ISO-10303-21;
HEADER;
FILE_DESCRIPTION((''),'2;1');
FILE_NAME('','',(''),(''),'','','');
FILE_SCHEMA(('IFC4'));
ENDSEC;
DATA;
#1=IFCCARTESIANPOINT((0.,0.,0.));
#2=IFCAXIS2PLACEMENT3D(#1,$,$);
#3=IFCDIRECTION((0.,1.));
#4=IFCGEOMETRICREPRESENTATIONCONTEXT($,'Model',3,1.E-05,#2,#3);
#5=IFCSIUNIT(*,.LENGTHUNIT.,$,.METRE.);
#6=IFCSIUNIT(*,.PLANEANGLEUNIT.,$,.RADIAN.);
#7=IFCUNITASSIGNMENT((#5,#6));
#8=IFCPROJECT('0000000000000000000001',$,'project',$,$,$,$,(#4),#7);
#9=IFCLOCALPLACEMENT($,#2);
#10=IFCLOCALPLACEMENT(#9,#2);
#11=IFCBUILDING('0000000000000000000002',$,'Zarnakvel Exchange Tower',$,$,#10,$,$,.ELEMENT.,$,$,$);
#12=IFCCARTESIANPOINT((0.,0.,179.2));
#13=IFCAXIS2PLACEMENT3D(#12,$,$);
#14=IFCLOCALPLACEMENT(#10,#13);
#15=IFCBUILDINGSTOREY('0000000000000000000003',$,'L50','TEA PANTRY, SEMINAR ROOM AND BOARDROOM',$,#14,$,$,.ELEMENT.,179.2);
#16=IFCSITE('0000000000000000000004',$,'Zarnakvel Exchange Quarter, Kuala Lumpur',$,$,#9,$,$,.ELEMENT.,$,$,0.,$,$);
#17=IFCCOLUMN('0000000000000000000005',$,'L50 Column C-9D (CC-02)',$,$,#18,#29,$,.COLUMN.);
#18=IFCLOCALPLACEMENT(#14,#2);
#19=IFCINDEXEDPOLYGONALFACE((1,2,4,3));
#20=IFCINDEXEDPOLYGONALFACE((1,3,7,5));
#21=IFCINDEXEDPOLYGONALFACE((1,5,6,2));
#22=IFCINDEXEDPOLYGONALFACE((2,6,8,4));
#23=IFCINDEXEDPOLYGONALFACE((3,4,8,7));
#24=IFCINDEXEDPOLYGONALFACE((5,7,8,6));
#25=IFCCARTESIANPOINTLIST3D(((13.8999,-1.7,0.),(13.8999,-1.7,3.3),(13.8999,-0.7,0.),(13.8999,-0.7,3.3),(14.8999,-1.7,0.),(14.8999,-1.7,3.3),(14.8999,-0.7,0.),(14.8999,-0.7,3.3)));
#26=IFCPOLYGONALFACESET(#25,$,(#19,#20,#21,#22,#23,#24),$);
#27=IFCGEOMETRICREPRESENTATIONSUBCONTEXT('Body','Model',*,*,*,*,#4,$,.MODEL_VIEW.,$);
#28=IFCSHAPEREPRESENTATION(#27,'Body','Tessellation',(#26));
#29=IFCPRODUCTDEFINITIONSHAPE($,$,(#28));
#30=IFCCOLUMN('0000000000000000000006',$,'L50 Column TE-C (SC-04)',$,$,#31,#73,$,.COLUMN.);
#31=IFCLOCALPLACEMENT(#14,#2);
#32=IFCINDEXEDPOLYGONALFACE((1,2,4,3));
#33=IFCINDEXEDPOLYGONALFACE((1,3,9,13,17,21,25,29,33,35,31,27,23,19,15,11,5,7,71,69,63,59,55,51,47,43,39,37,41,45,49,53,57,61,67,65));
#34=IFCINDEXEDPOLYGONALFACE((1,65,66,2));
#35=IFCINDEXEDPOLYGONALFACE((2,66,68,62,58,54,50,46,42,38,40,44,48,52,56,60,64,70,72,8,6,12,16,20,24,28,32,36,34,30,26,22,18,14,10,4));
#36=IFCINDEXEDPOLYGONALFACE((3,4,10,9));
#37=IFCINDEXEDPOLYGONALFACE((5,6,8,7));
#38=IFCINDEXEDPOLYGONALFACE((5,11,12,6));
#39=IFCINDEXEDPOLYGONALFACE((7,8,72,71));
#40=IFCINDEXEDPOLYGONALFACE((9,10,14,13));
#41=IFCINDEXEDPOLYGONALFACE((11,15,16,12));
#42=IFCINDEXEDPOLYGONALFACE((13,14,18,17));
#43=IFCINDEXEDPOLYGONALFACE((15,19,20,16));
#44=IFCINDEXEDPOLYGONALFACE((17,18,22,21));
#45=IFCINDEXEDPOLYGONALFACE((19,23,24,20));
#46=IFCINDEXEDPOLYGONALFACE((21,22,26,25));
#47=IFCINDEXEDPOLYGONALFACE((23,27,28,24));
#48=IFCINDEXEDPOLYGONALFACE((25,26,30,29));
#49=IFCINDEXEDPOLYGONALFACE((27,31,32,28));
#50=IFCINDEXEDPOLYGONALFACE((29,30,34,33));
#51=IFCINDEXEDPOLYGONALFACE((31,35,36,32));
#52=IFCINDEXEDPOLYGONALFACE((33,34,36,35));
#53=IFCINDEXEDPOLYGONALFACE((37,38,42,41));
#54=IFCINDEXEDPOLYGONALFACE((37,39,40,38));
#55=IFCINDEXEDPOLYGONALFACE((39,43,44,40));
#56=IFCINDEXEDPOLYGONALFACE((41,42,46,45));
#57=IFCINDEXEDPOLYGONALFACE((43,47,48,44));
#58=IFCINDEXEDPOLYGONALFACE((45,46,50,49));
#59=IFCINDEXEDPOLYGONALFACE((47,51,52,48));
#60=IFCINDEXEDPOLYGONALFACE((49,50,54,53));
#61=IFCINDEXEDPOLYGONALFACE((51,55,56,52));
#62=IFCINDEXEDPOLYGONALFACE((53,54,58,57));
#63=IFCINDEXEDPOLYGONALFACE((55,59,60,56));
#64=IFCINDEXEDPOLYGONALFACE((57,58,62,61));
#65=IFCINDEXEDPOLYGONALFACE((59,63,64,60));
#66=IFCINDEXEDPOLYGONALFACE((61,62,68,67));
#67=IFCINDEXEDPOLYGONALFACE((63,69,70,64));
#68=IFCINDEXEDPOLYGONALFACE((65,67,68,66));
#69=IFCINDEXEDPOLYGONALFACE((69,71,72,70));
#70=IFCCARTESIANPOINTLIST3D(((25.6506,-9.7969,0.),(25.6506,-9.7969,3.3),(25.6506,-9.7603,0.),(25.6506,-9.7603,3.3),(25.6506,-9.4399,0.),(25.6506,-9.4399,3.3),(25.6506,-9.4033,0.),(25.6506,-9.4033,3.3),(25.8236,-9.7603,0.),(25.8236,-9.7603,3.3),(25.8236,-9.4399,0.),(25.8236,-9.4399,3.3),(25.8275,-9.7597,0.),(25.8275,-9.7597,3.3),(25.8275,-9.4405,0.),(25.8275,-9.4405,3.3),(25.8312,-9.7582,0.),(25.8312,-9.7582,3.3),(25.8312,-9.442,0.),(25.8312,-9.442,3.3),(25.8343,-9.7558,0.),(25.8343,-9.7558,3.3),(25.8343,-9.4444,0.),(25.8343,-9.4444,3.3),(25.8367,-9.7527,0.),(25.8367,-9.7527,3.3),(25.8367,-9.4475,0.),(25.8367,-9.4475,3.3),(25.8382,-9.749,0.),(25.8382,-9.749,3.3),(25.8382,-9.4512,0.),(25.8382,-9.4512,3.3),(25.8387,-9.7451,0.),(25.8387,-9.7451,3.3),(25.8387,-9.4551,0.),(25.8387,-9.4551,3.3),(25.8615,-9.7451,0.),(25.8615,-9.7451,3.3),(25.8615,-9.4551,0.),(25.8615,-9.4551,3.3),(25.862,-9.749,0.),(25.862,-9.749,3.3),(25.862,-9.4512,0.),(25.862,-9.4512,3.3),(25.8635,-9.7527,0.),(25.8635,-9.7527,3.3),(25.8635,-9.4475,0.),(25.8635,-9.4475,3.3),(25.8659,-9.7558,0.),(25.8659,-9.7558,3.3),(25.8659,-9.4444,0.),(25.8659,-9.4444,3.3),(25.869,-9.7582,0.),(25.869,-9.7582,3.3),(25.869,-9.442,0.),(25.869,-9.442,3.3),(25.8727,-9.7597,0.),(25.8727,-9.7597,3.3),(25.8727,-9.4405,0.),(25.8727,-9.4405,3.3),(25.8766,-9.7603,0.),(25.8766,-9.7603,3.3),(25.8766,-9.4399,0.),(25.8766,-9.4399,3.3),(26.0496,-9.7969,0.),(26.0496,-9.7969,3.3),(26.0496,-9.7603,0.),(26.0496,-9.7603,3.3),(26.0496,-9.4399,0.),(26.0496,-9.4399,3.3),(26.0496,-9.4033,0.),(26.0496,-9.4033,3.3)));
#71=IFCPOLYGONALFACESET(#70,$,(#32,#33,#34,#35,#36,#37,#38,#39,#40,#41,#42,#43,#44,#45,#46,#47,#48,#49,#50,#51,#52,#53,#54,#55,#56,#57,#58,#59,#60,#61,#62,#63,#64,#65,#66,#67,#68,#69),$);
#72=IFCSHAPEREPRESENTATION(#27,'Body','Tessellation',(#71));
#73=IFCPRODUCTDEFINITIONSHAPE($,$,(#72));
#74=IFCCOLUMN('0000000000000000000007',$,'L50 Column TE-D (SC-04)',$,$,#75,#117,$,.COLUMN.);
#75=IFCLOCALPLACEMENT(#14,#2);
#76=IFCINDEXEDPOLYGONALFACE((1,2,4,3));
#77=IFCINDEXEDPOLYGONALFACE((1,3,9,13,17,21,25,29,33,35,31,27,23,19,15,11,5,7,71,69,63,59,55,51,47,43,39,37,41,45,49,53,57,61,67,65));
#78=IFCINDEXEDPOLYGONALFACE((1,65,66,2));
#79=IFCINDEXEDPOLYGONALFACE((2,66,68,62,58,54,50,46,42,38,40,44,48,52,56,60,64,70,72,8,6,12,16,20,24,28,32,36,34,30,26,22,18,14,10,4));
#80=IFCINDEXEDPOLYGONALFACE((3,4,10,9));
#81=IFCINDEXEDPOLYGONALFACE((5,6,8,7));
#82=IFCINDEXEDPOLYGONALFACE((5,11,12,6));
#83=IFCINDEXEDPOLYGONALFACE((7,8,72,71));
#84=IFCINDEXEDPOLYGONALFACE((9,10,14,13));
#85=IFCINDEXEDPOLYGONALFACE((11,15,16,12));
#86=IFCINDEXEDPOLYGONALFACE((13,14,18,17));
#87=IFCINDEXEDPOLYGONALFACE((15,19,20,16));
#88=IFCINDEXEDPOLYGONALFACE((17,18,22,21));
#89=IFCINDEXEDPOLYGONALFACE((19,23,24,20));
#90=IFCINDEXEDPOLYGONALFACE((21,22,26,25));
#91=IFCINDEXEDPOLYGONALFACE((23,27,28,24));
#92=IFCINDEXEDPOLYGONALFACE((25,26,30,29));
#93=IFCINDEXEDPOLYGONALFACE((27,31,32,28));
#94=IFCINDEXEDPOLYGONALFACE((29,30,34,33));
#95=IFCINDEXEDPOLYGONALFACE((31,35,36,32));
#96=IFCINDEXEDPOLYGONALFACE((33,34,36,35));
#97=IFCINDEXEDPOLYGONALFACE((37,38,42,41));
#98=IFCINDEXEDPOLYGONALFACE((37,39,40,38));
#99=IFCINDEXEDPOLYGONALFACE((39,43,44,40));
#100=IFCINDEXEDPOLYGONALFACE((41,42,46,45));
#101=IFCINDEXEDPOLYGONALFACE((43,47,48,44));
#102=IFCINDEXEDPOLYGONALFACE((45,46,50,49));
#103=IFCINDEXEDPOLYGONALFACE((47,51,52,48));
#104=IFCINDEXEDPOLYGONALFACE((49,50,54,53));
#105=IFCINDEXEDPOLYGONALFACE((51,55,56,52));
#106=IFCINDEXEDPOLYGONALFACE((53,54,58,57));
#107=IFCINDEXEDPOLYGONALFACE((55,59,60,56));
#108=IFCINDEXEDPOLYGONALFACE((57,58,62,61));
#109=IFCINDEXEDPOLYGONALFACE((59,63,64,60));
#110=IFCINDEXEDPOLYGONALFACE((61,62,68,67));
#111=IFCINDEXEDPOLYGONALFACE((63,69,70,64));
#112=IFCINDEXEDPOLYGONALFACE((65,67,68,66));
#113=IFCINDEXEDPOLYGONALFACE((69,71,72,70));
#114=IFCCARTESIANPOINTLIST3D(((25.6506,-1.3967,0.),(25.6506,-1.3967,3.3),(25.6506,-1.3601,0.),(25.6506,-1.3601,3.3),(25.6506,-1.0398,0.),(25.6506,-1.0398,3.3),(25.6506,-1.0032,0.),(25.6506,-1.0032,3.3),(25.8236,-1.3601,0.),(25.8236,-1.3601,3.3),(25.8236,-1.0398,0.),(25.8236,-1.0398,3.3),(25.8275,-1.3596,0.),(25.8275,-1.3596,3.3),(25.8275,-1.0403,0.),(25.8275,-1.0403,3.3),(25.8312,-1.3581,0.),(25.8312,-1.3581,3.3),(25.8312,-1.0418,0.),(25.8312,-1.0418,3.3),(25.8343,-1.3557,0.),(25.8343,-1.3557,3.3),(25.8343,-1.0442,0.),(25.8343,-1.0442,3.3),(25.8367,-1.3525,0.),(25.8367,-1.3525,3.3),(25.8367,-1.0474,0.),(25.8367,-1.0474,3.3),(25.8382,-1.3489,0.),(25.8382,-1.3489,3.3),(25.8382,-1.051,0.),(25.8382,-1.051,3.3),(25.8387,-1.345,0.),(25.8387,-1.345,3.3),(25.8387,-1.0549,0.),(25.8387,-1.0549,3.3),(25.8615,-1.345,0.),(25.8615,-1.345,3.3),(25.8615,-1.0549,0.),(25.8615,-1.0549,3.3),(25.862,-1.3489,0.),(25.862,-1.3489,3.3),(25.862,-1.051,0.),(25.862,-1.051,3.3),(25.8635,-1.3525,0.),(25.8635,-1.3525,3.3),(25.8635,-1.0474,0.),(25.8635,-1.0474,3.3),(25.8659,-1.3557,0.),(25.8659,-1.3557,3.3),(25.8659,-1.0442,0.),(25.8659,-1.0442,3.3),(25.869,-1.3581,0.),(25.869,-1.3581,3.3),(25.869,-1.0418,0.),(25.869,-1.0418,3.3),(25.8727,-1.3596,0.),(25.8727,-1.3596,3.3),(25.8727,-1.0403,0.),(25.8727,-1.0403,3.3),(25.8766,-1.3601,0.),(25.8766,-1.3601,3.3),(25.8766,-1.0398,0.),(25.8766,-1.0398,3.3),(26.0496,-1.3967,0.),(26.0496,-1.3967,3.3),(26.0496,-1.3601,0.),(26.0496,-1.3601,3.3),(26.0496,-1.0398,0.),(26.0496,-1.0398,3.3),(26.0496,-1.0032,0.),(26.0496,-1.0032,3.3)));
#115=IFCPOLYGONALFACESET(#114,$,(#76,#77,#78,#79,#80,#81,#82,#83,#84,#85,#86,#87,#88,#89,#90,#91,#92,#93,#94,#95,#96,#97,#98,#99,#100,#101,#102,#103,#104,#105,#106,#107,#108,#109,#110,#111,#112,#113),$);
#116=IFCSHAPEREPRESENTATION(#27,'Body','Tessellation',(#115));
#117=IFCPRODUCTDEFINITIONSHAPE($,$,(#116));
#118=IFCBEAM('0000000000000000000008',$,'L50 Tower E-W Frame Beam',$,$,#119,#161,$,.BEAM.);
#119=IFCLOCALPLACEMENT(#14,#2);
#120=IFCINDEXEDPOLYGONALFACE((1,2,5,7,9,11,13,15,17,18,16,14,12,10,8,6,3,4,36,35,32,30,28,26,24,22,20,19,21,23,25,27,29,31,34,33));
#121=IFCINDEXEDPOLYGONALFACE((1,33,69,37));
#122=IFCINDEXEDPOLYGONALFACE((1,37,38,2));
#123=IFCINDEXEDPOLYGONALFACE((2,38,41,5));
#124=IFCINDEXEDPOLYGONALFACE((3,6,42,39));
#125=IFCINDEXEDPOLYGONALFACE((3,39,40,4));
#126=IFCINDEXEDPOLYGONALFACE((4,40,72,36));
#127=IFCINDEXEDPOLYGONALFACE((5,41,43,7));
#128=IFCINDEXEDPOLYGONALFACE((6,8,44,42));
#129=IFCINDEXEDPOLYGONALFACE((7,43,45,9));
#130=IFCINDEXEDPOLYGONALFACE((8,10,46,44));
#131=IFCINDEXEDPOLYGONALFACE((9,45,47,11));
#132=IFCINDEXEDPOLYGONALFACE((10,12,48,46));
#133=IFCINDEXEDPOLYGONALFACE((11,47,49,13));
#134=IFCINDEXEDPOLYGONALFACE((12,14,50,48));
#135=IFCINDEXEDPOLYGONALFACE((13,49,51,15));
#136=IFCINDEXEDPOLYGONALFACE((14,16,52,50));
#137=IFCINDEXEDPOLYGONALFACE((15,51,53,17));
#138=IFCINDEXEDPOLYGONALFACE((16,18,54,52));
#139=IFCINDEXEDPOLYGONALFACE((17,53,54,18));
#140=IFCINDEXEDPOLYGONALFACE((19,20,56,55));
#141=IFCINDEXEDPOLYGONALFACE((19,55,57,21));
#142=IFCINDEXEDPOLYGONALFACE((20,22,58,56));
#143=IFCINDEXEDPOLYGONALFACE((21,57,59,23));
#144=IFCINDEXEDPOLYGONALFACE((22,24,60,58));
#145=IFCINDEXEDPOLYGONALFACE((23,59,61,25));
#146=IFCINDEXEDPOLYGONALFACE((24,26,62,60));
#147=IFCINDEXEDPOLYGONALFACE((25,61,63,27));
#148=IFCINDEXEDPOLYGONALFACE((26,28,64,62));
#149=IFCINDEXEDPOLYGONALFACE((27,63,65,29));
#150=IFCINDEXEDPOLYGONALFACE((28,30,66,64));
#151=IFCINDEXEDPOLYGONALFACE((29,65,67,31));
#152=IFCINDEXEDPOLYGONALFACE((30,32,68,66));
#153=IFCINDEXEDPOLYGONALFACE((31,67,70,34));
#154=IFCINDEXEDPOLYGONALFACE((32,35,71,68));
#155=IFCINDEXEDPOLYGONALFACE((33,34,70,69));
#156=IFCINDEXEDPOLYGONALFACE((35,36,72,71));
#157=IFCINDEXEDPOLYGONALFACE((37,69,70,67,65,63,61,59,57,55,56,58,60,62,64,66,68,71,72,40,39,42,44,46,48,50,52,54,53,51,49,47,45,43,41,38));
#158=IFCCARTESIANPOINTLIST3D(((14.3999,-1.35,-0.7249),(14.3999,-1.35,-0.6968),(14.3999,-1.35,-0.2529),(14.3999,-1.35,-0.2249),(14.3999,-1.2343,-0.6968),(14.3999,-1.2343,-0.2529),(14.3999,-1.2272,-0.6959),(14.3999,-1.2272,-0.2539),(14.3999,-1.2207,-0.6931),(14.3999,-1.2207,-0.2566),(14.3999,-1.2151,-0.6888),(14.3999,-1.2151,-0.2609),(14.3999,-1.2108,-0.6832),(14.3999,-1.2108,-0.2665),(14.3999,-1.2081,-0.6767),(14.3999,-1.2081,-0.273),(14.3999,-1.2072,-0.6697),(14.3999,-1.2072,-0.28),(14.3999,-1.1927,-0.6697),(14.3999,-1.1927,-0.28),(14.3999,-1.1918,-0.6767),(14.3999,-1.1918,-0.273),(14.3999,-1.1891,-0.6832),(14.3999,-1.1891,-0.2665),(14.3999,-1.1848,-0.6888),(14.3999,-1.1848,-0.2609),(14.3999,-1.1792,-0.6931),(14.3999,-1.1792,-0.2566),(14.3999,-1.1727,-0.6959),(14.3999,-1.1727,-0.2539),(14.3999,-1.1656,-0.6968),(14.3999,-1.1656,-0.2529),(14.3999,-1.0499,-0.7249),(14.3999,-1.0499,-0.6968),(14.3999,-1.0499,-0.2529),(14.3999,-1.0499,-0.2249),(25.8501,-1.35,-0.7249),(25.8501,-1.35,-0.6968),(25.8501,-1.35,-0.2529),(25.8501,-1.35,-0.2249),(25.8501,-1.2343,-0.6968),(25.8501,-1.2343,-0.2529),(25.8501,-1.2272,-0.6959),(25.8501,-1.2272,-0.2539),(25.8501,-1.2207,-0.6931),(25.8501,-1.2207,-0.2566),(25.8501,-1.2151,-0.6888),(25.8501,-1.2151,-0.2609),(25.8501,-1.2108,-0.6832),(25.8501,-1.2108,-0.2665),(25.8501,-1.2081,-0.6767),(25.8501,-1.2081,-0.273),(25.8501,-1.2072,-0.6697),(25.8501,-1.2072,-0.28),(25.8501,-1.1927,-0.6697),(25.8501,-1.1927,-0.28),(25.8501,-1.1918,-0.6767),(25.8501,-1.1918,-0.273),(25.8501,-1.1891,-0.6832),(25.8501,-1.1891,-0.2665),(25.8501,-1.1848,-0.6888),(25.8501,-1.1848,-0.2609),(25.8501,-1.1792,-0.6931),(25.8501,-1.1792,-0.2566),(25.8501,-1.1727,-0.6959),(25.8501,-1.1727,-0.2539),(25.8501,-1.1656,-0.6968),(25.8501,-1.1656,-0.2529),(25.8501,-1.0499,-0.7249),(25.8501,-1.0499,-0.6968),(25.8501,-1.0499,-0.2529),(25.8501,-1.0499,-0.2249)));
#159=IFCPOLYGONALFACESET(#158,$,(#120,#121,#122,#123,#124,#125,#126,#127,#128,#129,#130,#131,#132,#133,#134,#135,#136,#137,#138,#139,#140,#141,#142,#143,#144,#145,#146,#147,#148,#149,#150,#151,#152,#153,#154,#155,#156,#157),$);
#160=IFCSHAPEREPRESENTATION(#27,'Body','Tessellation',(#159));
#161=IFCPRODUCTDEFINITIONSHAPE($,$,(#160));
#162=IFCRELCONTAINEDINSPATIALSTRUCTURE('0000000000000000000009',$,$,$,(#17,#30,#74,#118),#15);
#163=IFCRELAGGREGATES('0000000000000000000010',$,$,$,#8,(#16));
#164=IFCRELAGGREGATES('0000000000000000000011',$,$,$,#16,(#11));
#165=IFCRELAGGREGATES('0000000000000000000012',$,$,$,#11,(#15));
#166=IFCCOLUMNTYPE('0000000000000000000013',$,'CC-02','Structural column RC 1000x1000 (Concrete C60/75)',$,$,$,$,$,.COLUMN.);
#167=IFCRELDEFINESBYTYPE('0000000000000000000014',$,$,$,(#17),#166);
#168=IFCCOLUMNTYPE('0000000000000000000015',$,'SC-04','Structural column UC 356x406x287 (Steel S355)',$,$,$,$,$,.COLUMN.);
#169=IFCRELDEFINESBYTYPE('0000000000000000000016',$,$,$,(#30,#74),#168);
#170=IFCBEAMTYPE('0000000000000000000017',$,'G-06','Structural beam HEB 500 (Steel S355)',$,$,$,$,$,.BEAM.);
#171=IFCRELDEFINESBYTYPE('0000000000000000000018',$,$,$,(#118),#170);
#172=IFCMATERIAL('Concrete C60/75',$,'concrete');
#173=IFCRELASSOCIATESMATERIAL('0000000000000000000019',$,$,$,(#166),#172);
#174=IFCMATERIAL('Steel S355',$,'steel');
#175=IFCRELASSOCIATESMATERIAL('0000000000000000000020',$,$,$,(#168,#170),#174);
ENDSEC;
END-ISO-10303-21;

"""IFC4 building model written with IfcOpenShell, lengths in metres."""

from ifc_helpers import new_model, si_unit, direction, frame, origin, origin_2d, place, context, subcontext, project, spatial, rectangle, i_section, extrude, material, material_profile, profile_set, type_object, element, save


model = new_model("IFC4")

# Units and contexts
model_context = context("Model", 3, precision=1e-05, world=origin(), true_north=direction((0.0, 1.0)))
body_context = subcontext(model_context, "Body", "Model", "MODEL_VIEW")
ifc_project = project(units=[si_unit("LENGTHUNIT", "METRE"), si_unit("PLANEANGLEUNIT", "RADIAN")], contexts=[model_context])

# Site, building, storey
site_placement = place(None, origin())
site = spatial("IfcSite", under=ifc_project, at=site_placement, Name="Zarnakvel Exchange Quarter, Kuala Lumpur", CompositionType="ELEMENT", RefElevation=0.0)
building_placement = place(site_placement, origin())
building = spatial("IfcBuilding", under=site, at=building_placement, Name="Zarnakvel Exchange Tower", CompositionType="ELEMENT")
storey_placement = place(building_placement, frame((0.0, 0.0, 179.2)))
storey = spatial("IfcBuildingStorey", under=building, at=storey_placement, Name="L50", Description="TEA PANTRY, SEMINAR ROOM AND BOARDROOM", CompositionType="ELEMENT", Elevation=179.2)

# Columns
ifc_material_1 = material(Name="Concrete C60/75", Category="concrete")
ifc_material_profile_1 = material_profile(ifc_material_1, rectangle(XDim=1.0, YDim=1.0, at=origin_2d()))
ifc_profile_set_1 = profile_set([ifc_material_profile_1], Name="Concrete C60/75")
column_type_1 = type_object("IfcColumnType", Name="CC-02", Description="Structural column RC 1000x1000 (Concrete C60/75)", PredefinedType="COLUMN", material=ifc_profile_set_1)
column_placement = place(storey_placement, frame((14.3999, -1.2, 0.0), z_axis=(0.0, 0.0, 1.0), x_axis=(1.0, 0.0, 0.0)))
element("IfcColumn", 1, at=column_placement, inside=storey, type_object=column_type_1, Name="L50 Column C-9D (CC-02)", PredefinedType="COLUMN", context=body_context, shape_type="SweptSolid", body=[
    extrude(rectangle(XDim=1.0, YDim=1.0, at=origin_2d()), origin(), (0.0, 0.0, 1.0), 3.3),
])
ifc_material_2 = material(Name="Steel S355", Category="steel")
ifc_material_profile_2 = material_profile(ifc_material_2, i_section(OverallWidth=0.3989, OverallDepth=0.3936, WebThickness=0.0227, FlangeThickness=0.0366, FilletRadius=0.0151, at=origin_2d()))
ifc_profile_set_2 = profile_set([ifc_material_profile_2], Name="Steel S355")
column_type_2 = type_object("IfcColumnType", Name="SC-04", Description="Structural column UC 356x406x287 (Steel S355)", PredefinedType="COLUMN", material=ifc_profile_set_2)
for number, where, z_axis, x_axis, name in (
    (2, (25.8501, -9.6001, 0.0), (0.0, 0.0, 1.0), (1.0, 0.0, 0.0), "L50 Column TE-C (SC-04)"),
    (3, (25.8501, -1.2, 0.0), (0.0, 0.0, 1.0), (1.0, 0.0, 0.0), "L50 Column TE-D (SC-04)"),
):
    element("IfcColumn", number, at=place(storey_placement, frame(where, z_axis=z_axis, x_axis=x_axis)), inside=storey, type_object=column_type_2, Name=name, PredefinedType="COLUMN", context=body_context, shape_type="SweptSolid", body=[
        extrude(i_section(OverallWidth=0.3989, OverallDepth=0.3936, WebThickness=0.0227, FlangeThickness=0.0366, FilletRadius=0.0151, at=origin_2d()), origin(), (0.0, 0.0, 1.0), 3.3),
    ])

# Beam
ifc_material_profile_3 = material_profile(ifc_material_2, i_section(OverallWidth=0.3, OverallDepth=0.5, WebThickness=0.0144, FlangeThickness=0.0281, FilletRadius=0.0271, at=origin_2d()))
ifc_profile_set_3 = profile_set([ifc_material_profile_3], Name="Steel S355")
beam_type_1 = type_object("IfcBeamType", Name="G-06", Description="Structural beam HEB 500 (Steel S355)", PredefinedType="BEAM", material=ifc_profile_set_3)
beam_1_placement = place(storey_placement, frame((14.3999, -1.2, -0.4749), z_axis=(1.0, 0.0, 0.0), x_axis=(0.0, 1.0, 0.0)))
element("IfcBeam", 4, at=beam_1_placement, inside=storey, type_object=beam_type_1, Name="L50 Tower E-W Frame Beam", PredefinedType="BEAM", context=body_context, shape_type="SweptSolid", body=[
    extrude(i_section(OverallWidth=0.3, OverallDepth=0.5, WebThickness=0.0144, FlangeThickness=0.0281, FilletRadius=0.0271, at=origin_2d()), origin(), (0.0, 0.0, 1.0), 11.4502),
])

save(model, "model.ifc")
